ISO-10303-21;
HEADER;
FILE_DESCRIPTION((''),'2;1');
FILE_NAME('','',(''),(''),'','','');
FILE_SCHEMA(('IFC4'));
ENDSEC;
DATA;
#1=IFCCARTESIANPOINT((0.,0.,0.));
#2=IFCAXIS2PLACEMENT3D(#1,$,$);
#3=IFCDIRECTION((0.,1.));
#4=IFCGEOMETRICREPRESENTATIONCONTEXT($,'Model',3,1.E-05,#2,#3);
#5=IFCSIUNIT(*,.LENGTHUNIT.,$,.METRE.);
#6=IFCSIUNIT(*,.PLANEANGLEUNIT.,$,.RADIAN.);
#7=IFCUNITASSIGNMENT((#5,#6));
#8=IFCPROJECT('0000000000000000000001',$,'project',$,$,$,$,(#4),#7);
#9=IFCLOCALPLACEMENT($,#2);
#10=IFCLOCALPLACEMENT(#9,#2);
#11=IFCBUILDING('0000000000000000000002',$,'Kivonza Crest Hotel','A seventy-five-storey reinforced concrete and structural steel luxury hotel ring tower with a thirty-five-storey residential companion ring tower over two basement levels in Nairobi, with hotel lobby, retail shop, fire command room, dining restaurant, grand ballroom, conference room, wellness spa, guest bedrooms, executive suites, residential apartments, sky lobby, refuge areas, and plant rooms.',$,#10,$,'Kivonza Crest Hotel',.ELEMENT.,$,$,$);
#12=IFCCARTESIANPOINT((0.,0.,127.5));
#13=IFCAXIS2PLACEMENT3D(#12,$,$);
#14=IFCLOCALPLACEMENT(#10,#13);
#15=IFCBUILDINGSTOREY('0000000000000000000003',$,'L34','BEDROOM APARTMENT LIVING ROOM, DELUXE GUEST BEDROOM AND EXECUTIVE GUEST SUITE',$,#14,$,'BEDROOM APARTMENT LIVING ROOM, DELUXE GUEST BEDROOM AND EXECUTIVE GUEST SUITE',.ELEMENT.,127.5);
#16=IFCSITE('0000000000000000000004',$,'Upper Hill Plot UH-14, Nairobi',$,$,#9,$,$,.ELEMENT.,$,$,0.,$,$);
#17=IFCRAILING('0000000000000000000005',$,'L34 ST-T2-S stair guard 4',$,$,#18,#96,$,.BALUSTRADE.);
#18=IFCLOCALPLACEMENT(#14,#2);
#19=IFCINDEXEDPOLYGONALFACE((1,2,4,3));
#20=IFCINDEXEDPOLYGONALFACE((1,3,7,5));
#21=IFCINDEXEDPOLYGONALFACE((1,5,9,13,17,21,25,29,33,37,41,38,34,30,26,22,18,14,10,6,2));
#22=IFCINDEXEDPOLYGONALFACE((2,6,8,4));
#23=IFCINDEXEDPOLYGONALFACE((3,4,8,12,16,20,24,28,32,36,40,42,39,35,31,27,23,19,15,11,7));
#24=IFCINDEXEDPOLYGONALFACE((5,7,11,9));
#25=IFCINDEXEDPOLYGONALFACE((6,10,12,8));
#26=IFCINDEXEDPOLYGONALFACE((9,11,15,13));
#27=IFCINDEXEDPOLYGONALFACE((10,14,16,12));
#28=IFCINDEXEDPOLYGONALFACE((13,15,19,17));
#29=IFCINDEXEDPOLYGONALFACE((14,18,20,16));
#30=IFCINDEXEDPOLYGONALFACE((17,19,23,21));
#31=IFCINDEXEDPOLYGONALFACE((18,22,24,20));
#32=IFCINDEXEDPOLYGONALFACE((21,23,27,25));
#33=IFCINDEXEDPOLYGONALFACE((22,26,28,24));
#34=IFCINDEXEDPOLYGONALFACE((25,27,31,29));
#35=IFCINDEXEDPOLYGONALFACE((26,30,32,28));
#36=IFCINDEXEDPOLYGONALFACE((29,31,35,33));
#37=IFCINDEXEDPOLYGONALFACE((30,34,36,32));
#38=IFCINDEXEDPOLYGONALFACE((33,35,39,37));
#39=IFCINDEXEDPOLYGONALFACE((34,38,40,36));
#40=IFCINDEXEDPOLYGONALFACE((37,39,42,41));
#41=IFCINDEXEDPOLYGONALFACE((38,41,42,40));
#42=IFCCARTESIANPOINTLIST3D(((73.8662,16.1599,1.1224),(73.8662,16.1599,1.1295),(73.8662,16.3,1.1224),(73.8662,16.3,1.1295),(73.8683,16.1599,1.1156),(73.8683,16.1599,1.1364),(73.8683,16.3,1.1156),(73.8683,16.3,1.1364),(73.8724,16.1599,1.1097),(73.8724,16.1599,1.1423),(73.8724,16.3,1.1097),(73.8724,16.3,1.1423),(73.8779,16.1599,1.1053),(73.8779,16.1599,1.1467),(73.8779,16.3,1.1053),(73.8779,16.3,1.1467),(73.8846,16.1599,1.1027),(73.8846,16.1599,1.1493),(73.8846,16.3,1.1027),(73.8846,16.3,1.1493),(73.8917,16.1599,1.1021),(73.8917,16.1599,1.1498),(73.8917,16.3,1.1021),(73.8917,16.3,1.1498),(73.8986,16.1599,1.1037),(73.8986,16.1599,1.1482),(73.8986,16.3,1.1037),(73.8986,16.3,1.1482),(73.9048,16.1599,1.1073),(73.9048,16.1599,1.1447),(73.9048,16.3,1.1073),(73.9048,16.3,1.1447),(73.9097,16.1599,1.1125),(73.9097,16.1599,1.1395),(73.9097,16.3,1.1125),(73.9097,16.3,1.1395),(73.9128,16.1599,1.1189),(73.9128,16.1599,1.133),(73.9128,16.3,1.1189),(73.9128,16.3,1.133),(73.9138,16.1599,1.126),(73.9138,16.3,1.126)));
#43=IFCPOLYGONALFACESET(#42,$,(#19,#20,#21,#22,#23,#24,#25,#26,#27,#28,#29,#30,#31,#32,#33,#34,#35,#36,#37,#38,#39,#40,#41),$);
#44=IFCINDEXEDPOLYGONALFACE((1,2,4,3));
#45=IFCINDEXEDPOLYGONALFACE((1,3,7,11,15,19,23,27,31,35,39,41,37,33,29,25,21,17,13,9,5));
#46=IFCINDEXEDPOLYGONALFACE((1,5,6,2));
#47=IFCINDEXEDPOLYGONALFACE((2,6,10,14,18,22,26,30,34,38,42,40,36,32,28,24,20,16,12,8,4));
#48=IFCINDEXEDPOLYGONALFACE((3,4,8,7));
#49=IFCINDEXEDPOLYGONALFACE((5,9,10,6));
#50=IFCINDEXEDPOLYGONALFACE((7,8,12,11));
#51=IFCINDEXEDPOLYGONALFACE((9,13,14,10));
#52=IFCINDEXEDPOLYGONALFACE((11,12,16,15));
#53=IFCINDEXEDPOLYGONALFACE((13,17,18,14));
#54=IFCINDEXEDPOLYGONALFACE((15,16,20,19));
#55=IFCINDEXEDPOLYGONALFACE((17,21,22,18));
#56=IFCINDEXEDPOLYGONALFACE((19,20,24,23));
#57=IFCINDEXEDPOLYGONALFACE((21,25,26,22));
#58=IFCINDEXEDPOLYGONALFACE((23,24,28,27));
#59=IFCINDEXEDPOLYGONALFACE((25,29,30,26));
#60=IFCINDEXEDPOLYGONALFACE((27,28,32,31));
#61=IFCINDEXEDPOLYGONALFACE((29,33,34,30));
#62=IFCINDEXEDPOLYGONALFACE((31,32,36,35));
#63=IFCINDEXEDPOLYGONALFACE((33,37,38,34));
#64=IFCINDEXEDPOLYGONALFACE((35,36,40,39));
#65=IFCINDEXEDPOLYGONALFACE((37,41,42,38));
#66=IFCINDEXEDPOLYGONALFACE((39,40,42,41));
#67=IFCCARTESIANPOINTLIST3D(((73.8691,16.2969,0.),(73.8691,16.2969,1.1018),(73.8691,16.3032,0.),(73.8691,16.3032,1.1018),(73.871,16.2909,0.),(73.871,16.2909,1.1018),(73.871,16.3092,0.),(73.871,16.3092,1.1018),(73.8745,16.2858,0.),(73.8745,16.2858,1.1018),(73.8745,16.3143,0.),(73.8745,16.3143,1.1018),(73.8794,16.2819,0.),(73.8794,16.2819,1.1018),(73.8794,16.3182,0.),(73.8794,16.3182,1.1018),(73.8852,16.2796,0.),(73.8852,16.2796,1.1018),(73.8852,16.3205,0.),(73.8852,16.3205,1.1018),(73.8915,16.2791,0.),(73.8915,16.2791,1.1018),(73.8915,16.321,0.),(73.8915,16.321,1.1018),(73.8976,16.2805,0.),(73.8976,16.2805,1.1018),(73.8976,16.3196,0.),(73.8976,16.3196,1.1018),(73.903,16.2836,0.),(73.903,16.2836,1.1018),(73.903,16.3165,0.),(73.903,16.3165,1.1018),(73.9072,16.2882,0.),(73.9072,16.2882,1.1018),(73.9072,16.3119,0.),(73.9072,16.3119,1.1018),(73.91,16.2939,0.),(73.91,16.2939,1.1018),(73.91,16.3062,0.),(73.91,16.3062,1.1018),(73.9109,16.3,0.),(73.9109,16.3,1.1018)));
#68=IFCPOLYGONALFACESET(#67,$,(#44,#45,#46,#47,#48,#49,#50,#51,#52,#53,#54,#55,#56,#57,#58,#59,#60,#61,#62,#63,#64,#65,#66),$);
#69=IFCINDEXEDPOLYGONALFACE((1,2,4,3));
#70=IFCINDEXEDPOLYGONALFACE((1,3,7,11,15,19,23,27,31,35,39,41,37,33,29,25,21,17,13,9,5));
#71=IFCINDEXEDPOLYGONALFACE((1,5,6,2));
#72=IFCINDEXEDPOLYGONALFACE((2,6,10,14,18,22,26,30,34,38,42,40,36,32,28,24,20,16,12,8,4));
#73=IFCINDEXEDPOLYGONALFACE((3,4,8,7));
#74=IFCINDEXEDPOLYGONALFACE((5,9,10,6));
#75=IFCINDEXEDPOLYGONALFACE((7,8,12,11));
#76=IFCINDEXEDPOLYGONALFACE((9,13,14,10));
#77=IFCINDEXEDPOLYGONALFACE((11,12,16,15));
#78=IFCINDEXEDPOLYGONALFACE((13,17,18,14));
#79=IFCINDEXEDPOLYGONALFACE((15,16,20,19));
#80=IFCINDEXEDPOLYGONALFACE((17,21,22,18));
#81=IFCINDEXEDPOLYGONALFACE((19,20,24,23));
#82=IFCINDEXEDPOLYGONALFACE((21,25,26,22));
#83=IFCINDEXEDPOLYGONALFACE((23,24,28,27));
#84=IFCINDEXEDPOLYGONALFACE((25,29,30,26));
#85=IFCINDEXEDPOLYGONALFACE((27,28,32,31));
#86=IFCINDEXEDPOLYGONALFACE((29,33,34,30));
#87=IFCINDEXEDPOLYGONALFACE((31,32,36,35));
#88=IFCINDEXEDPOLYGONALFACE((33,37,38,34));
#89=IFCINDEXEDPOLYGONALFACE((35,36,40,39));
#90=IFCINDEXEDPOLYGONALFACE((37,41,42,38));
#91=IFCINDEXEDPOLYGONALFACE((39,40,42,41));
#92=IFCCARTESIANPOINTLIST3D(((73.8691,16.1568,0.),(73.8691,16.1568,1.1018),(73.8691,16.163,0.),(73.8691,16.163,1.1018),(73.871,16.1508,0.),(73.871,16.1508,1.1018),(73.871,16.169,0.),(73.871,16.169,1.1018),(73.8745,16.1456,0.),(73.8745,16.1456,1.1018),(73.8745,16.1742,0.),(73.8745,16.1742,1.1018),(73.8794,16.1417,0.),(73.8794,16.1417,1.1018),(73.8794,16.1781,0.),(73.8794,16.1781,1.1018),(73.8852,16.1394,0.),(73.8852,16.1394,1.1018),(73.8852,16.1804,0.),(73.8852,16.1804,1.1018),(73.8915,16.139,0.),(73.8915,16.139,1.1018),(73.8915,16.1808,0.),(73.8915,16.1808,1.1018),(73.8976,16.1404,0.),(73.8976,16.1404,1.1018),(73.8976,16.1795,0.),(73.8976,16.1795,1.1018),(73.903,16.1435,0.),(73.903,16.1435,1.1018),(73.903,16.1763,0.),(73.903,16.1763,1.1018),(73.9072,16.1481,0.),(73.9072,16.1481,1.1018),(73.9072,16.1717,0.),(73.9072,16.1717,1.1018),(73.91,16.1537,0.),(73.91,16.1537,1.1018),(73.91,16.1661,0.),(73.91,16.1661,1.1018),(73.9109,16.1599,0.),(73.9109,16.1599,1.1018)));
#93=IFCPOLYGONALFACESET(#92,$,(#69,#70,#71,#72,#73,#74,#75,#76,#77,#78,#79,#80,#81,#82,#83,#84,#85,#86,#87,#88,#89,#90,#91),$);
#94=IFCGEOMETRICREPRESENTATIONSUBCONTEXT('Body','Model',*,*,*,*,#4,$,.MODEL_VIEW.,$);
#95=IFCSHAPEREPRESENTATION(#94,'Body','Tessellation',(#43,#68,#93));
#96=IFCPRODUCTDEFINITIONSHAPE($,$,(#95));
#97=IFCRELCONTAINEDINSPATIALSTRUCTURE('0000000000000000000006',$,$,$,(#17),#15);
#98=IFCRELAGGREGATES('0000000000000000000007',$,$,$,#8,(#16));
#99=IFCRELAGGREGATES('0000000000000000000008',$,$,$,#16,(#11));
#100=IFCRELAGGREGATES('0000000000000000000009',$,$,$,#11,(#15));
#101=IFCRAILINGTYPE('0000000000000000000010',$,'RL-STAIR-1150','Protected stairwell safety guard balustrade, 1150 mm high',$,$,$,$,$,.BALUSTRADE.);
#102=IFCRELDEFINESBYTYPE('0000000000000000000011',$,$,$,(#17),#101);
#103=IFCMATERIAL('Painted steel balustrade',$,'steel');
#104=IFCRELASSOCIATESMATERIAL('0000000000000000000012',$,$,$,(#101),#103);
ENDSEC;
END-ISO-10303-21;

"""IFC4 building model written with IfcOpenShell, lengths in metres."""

from ifc_helpers import new_model, si_unit, direction, frame, origin, origin_2d, place, context, subcontext, project, spatial, circle, extrude, material, type_object, element, save


model = new_model("IFC4")

# Units and contexts
model_context = context("Model", 3, precision=1e-05, world=origin(), true_north=direction((0.0, 1.0)))
body_context = subcontext(model_context, "Body", "Model", "MODEL_VIEW")
ifc_project = project(units=[si_unit("LENGTHUNIT", "METRE"), si_unit("PLANEANGLEUNIT", "RADIAN")], contexts=[model_context])

# Site, building, storey
site_placement = place(None, origin())
site = spatial("IfcSite", under=ifc_project, at=site_placement, Name="Upper Hill Plot UH-14, Nairobi", CompositionType="ELEMENT", RefElevation=0.0)
building_placement = place(site_placement, origin())
building = spatial("IfcBuilding", under=site, at=building_placement, Name="Kivonza Crest Hotel", Description="A seventy-five-storey reinforced concrete and structural steel luxury hotel ring tower with a thirty-five-storey residential companion ring tower over two basement levels in Nairobi, with hotel lobby, retail shop, fire command room, dining restaurant, grand ballroom, conference room, wellness spa, guest bedrooms, executive suites, residential apartments, sky lobby, refuge areas, and plant rooms.", LongName="Kivonza Crest Hotel", CompositionType="ELEMENT")
storey_placement = place(building_placement, frame((0.0, 0.0, 127.5)))
storey = spatial("IfcBuildingStorey", under=building, at=storey_placement, Name="L34", Description="BEDROOM APARTMENT LIVING ROOM, DELUXE GUEST BEDROOM AND EXECUTIVE GUEST SUITE", LongName="BEDROOM APARTMENT LIVING ROOM, DELUXE GUEST BEDROOM AND EXECUTIVE GUEST SUITE", CompositionType="ELEMENT", Elevation=127.5)

# Railing
ifc_material_1 = material(Name="Painted steel balustrade", Category="steel")
railing_type_1 = type_object("IfcRailingType", Name="RL-STAIR-1150", Description="Protected stairwell safety guard balustrade, 1150 mm high", PredefinedType="BALUSTRADE", material=ifc_material_1)
railing_1_placement = place(storey_placement, frame((73.8899, 16.3, 0.0)))
element("IfcRailing", 1, at=railing_1_placement, inside=storey, type_object=railing_type_1, Name="L34 ST-T2-S stair guard 4", PredefinedType="BALUSTRADE", context=body_context, shape_type="SweptSolid", body=[
    extrude(circle(Radius=0.0239, at=origin_2d()), frame((0.0, 0.0, 1.126), z_axis=(0.0, -1.0, 0.0), x_axis=(1.0, 0.0, 0.0)), (0.0, 0.0, 1.0), 0.1401),
    extrude(circle(Radius=0.021, at=origin_2d()), origin(), (0.0, 0.0, 1.0), 1.1018),
    extrude(circle(Radius=0.021, at=origin_2d()), frame((0.0, -0.1401, 0.0)), (0.0, 0.0, 1.0), 1.1018),
])

save(model, "model.ifc")
